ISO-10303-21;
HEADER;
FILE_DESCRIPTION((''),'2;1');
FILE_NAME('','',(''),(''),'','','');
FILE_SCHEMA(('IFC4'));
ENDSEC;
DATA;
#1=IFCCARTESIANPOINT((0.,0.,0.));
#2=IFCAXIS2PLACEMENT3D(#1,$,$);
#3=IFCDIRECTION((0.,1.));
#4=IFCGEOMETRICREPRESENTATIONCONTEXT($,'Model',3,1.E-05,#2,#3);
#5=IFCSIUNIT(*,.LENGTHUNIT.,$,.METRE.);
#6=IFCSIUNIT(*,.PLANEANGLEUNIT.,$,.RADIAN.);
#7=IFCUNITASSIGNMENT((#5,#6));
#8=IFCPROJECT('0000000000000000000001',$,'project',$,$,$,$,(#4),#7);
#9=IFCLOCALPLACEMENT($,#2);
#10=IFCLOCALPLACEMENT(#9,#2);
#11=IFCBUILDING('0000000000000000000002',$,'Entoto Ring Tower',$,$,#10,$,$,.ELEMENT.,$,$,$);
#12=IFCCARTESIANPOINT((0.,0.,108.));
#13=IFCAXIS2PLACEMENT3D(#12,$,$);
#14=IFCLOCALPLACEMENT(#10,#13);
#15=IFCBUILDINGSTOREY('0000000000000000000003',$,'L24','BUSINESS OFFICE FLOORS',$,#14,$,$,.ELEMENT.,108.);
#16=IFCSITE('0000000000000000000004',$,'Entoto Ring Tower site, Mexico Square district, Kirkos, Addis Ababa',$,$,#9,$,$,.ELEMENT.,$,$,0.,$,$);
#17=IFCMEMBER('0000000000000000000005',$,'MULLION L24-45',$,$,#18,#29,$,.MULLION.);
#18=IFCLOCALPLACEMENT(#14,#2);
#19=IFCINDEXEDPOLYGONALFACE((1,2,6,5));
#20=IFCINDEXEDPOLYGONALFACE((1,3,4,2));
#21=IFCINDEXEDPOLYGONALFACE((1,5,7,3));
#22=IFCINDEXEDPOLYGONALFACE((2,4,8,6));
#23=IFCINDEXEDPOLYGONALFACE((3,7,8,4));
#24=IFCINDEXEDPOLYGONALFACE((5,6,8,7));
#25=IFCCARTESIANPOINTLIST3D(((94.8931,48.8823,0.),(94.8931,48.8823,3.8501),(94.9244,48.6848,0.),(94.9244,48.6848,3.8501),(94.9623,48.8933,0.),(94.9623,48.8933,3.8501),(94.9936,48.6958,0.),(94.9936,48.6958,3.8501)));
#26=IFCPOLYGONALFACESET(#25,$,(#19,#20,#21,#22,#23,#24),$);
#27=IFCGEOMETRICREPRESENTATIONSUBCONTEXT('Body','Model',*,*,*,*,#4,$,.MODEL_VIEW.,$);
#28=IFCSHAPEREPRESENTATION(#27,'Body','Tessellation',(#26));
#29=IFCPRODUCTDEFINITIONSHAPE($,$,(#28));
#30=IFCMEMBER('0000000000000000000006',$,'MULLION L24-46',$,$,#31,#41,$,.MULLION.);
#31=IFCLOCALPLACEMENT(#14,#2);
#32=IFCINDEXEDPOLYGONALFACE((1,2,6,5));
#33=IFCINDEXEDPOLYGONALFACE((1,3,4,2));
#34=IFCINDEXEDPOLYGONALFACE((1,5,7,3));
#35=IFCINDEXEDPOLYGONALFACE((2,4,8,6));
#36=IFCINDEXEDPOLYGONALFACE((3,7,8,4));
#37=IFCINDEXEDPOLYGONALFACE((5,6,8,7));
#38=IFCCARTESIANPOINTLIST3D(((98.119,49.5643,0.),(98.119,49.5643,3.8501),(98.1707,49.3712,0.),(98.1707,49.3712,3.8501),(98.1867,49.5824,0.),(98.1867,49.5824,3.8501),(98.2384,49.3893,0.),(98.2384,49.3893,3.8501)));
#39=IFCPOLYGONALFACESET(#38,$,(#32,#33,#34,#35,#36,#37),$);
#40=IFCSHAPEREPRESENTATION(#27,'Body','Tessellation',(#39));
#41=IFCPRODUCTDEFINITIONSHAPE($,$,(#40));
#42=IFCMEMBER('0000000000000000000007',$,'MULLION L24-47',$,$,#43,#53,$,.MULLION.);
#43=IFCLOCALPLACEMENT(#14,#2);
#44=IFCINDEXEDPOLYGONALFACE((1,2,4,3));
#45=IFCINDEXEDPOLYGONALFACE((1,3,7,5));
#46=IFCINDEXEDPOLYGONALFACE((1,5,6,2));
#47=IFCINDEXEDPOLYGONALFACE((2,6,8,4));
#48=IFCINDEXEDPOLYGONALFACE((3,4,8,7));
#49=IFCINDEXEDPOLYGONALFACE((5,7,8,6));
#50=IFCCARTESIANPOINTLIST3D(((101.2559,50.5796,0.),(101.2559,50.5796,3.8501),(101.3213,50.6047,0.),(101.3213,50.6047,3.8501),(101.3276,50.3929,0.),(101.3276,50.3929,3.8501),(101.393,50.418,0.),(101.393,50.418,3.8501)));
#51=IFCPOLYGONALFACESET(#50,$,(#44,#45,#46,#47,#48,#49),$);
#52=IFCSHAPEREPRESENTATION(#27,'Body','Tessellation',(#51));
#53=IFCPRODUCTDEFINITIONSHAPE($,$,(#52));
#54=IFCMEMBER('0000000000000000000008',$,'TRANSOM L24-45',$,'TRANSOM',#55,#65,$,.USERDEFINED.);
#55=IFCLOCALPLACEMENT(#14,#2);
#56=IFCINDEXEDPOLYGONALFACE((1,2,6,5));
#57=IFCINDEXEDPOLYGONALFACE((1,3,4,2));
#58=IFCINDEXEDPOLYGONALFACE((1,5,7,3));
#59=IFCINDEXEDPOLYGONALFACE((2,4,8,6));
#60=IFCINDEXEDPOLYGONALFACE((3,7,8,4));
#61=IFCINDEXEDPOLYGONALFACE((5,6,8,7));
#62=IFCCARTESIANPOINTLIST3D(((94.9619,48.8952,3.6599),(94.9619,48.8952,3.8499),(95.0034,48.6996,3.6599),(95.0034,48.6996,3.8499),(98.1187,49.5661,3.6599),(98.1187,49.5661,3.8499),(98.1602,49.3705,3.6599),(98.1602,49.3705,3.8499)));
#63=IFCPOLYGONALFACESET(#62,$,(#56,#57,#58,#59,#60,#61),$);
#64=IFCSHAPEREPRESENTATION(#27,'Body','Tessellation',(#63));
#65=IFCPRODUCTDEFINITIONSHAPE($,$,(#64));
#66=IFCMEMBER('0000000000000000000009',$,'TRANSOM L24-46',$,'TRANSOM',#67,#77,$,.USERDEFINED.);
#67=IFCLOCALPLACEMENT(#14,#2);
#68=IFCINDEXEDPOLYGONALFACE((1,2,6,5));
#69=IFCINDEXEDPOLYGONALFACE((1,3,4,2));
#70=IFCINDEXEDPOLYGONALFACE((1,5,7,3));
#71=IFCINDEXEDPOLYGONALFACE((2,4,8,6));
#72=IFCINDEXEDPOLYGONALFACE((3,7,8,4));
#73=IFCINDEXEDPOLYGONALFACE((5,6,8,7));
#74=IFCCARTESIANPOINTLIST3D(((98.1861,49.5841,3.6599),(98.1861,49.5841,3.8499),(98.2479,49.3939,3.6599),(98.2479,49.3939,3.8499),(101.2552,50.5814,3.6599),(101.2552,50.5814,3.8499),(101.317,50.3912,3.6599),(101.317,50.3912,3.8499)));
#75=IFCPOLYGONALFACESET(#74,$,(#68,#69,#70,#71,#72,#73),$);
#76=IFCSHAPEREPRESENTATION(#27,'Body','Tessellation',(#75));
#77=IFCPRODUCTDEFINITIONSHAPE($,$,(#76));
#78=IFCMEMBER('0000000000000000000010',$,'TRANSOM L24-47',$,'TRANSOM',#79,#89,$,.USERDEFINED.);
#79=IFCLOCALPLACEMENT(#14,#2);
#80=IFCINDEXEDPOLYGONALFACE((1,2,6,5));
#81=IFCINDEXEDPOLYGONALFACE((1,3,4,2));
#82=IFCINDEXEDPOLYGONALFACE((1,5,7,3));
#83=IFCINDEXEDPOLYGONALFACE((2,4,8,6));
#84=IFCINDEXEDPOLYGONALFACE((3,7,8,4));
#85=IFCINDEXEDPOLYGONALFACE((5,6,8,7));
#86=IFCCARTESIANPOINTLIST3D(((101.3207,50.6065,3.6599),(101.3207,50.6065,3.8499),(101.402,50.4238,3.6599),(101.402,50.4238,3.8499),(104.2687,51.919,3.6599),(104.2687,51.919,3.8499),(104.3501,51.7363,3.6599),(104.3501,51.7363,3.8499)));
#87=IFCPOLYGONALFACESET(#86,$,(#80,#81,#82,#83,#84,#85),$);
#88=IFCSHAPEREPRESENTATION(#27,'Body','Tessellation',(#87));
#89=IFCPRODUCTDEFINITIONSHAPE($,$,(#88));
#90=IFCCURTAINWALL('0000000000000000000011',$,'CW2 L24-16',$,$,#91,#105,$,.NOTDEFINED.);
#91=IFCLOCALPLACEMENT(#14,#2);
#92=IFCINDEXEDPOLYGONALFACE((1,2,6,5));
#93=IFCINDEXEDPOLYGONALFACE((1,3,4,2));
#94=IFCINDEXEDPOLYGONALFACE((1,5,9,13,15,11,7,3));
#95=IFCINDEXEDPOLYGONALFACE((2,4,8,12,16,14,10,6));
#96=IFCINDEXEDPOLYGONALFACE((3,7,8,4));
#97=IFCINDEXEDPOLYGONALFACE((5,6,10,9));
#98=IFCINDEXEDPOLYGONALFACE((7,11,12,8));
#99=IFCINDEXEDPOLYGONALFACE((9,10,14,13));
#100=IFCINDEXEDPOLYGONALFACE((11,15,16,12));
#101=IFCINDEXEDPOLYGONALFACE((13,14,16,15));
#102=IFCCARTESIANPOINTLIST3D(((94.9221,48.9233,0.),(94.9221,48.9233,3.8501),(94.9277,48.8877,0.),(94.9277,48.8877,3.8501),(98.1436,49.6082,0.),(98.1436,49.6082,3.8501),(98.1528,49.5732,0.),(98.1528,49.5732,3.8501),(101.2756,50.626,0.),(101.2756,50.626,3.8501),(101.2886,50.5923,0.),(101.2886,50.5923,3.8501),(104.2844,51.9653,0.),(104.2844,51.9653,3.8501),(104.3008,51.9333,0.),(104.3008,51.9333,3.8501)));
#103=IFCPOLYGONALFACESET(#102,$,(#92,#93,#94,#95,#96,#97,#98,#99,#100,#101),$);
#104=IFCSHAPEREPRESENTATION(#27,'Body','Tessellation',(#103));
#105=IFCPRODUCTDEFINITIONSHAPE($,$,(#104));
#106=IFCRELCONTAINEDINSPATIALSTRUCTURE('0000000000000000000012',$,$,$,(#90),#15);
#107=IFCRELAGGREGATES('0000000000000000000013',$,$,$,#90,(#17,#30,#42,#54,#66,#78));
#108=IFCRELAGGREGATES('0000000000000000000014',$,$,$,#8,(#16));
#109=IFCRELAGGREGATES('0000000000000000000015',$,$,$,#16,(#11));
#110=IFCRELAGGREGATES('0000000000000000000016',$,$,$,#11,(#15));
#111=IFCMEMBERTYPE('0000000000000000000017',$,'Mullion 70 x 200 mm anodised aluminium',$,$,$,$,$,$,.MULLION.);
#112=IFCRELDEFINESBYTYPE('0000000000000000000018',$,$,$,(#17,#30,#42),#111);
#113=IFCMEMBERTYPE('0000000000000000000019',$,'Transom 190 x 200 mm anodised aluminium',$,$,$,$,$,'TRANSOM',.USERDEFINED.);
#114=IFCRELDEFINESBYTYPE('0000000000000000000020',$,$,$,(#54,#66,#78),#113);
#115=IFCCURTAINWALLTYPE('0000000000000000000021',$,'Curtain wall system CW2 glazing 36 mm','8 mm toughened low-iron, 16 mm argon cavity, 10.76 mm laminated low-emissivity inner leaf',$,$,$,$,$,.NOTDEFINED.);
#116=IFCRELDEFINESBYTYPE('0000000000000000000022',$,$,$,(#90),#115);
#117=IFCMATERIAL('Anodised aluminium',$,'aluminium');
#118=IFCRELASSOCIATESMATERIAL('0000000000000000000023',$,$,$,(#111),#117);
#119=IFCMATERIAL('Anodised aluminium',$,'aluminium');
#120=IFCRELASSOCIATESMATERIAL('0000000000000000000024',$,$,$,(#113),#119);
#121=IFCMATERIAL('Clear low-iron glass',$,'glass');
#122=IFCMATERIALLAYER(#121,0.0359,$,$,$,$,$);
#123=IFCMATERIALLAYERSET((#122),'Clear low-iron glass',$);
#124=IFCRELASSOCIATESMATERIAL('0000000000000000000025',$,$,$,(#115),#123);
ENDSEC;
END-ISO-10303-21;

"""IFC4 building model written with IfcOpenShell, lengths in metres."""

from ifc_helpers import new_model, si_unit, direction, frame, origin, origin_2d, place, context, subcontext, project, spatial, polyline, rectangle, outline, extrude, material, layer, layer_set, material_profile, profile_set, type_object, element, aggregate, save


model = new_model("IFC4")

# Units and contexts
model_context = context("Model", 3, precision=1e-05, world=origin(), true_north=direction((0.0, 1.0)))
body_context = subcontext(model_context, "Body", "Model", "MODEL_VIEW")
ifc_project = project(units=[si_unit("LENGTHUNIT", "METRE"), si_unit("PLANEANGLEUNIT", "RADIAN")], contexts=[model_context])

# Members
ifc_material_1 = material(Name="Anodised aluminium", Category="aluminium")
ifc_material_profile_1 = material_profile(ifc_material_1, rectangle(XDim=0.0701, YDim=0.2, at=origin_2d()), Name="Mullion 70 x 200 mm anodised aluminium")
ifc_profile_set_1 = profile_set([ifc_material_profile_1], Name="Anodised aluminium")
member_type_1 = type_object("IfcMemberType", Name="Mullion 70 x 200 mm anodised aluminium", PredefinedType="MULLION", material=ifc_profile_set_1)
site_placement = place(None, origin())
building_placement = place(site_placement, origin())
storey_placement = place(building_placement, frame((0.0, 0.0, 108.0)))
member_1_placement = place(storey_placement, frame((94.9434, 48.7891, 0.0), z_axis=(0.0, 0.0, 1.0), x_axis=(0.987688, 0.156434, 0.0)))
member_1 = element("IfcMember", 1, at=member_1_placement, type_object=member_type_1, Name="MULLION L24-45", PredefinedType="MULLION", context=body_context, shape_type="SweptSolid", body=[
    extrude(rectangle(XDim=0.0701, YDim=0.2, at=origin_2d()), origin(), (0.0, 0.0, 1.0), 3.8501),
])
member_2_placement = place(storey_placement, frame((98.1787, 49.4768, 0.0), z_axis=(0.0, 0.0, 1.0), x_axis=(0.965926, 0.258819, 0.0)))
member_2 = element("IfcMember", 2, at=member_2_placement, type_object=member_type_1, Name="MULLION L24-46", PredefinedType="MULLION", context=body_context, shape_type="SweptSolid", body=[
    extrude(rectangle(XDim=0.0701, YDim=0.2, at=origin_2d()), origin(), (0.0, 0.0, 1.0), 3.8501),
])
member_3_placement = place(storey_placement, frame((101.3245, 50.4988, 0.0), z_axis=(0.0, 0.0, 1.0), x_axis=(0.93358, 0.358368, 0.0)))
member_3 = element("IfcMember", 3, at=member_3_placement, type_object=member_type_1, Name="MULLION L24-47", PredefinedType="MULLION", context=body_context, shape_type="SweptSolid", body=[
    extrude(rectangle(XDim=0.0701, YDim=0.2, at=origin_2d()), origin(), (0.0, 0.0, 1.0), 3.8501),
])
ifc_material_2 = material(Name="Anodised aluminium", Category="aluminium")
ifc_material_profile_2 = material_profile(ifc_material_2, rectangle(XDim=0.2, YDim=0.1899, at=origin_2d()), Name="Transom 190 x 200 mm anodised aluminium")
ifc_profile_set_2 = profile_set([ifc_material_profile_2], Name="Anodised aluminium")
member_type_2 = type_object("IfcMemberType", Name="Transom 190 x 200 mm anodised aluminium", ElementType="TRANSOM", PredefinedType="USERDEFINED", material=ifc_profile_set_2)
member_4_placement = place(storey_placement, frame((94.9827, 48.7974, 3.7549), z_axis=(0.978153, 0.207886, 0.0), x_axis=(-0.207886, 0.978153, 0.0)))
member_4 = element("IfcMember", 4, at=member_4_placement, type_object=member_type_2, Name="TRANSOM L24-45", ObjectType="TRANSOM", PredefinedType="USERDEFINED", context=body_context, shape_type="SweptSolid", body=[
    extrude(rectangle(XDim=0.2, YDim=0.1899, at=origin_2d()), origin(), (0.0, 0.0, 1.0), 3.2273),
])
member_5_placement = place(storey_placement, frame((98.217, 49.489, 3.7549), z_axis=(0.951047, 0.309047, 0.0), x_axis=(-0.309047, 0.951047, 0.0)))
member_5 = element("IfcMember", 5, at=member_5_placement, type_object=member_type_2, Name="TRANSOM L24-46", ObjectType="TRANSOM", PredefinedType="USERDEFINED", context=body_context, shape_type="SweptSolid", body=[
    extrude(rectangle(XDim=0.2, YDim=0.1899, at=origin_2d()), origin(), (0.0, 0.0, 1.0), 3.2271),
])
member_6_placement = place(storey_placement, frame((101.3613, 50.5151, 3.7549), z_axis=(0.913549, 0.406728, 0.0), x_axis=(-0.406728, 0.913549, 0.0)))
member_6 = element("IfcMember", 6, at=member_6_placement, type_object=member_type_2, Name="TRANSOM L24-47", ObjectType="TRANSOM", PredefinedType="USERDEFINED", context=body_context, shape_type="SweptSolid", body=[
    extrude(rectangle(XDim=0.2, YDim=0.1899, at=origin_2d()), origin(), (0.0, 0.0, 1.0), 3.2271),
])

# Site, building, storey
site = spatial("IfcSite", under=ifc_project, at=site_placement, Name="Entoto Ring Tower site, Mexico Square district, Kirkos, Addis Ababa", CompositionType="ELEMENT", RefElevation=0.0)
building = spatial("IfcBuilding", under=site, at=building_placement, Name="Entoto Ring Tower", CompositionType="ELEMENT")
storey = spatial("IfcBuildingStorey", under=building, at=storey_placement, Name="L24", Description="BUSINESS OFFICE FLOORS", CompositionType="ELEMENT", Elevation=108.0)

# Curtain wall
ifc_material_3 = material(Name="Clear low-iron glass", Category="glass")
ifc_layer_1 = layer(ifc_material_3, 0.0359)
ifc_layer_set_1 = layer_set([ifc_layer_1], Name="Clear low-iron glass")
curtain_wall_type = type_object("IfcCurtainWallType", Name="Curtain wall system CW2 glazing 36 mm", Description="8 mm toughened low-iron, 16 mm argon cavity, 10.76 mm laminated low-emissivity inner leaf", PredefinedType="NOTDEFINED", material=ifc_layer_set_1)
curtain_wall_1_placement = place(storey_placement, origin())
curtain_wall_1 = element("IfcCurtainWall", 7, at=curtain_wall_1_placement, inside=storey, type_object=curtain_wall_type, Name="CW2 L24-16", PredefinedType="NOTDEFINED", context=body_context, shape_type="SweptSolid", body=[
    extrude(outline(polyline([(94.9277, 48.8877), (98.1528, 49.5732), (101.2886, 50.5923), (104.3008, 51.9333), (104.2844, 51.9653), (101.2756, 50.626), (98.1436, 49.6082), (94.9221, 48.9233), (94.9277, 48.8877)])), origin(), (0.0, 0.0, 1.0), 3.8501),
])
aggregate(curtain_wall_1, [member_1, member_2, member_3, member_4, member_5, member_6])

save(model, "model.ifc")
